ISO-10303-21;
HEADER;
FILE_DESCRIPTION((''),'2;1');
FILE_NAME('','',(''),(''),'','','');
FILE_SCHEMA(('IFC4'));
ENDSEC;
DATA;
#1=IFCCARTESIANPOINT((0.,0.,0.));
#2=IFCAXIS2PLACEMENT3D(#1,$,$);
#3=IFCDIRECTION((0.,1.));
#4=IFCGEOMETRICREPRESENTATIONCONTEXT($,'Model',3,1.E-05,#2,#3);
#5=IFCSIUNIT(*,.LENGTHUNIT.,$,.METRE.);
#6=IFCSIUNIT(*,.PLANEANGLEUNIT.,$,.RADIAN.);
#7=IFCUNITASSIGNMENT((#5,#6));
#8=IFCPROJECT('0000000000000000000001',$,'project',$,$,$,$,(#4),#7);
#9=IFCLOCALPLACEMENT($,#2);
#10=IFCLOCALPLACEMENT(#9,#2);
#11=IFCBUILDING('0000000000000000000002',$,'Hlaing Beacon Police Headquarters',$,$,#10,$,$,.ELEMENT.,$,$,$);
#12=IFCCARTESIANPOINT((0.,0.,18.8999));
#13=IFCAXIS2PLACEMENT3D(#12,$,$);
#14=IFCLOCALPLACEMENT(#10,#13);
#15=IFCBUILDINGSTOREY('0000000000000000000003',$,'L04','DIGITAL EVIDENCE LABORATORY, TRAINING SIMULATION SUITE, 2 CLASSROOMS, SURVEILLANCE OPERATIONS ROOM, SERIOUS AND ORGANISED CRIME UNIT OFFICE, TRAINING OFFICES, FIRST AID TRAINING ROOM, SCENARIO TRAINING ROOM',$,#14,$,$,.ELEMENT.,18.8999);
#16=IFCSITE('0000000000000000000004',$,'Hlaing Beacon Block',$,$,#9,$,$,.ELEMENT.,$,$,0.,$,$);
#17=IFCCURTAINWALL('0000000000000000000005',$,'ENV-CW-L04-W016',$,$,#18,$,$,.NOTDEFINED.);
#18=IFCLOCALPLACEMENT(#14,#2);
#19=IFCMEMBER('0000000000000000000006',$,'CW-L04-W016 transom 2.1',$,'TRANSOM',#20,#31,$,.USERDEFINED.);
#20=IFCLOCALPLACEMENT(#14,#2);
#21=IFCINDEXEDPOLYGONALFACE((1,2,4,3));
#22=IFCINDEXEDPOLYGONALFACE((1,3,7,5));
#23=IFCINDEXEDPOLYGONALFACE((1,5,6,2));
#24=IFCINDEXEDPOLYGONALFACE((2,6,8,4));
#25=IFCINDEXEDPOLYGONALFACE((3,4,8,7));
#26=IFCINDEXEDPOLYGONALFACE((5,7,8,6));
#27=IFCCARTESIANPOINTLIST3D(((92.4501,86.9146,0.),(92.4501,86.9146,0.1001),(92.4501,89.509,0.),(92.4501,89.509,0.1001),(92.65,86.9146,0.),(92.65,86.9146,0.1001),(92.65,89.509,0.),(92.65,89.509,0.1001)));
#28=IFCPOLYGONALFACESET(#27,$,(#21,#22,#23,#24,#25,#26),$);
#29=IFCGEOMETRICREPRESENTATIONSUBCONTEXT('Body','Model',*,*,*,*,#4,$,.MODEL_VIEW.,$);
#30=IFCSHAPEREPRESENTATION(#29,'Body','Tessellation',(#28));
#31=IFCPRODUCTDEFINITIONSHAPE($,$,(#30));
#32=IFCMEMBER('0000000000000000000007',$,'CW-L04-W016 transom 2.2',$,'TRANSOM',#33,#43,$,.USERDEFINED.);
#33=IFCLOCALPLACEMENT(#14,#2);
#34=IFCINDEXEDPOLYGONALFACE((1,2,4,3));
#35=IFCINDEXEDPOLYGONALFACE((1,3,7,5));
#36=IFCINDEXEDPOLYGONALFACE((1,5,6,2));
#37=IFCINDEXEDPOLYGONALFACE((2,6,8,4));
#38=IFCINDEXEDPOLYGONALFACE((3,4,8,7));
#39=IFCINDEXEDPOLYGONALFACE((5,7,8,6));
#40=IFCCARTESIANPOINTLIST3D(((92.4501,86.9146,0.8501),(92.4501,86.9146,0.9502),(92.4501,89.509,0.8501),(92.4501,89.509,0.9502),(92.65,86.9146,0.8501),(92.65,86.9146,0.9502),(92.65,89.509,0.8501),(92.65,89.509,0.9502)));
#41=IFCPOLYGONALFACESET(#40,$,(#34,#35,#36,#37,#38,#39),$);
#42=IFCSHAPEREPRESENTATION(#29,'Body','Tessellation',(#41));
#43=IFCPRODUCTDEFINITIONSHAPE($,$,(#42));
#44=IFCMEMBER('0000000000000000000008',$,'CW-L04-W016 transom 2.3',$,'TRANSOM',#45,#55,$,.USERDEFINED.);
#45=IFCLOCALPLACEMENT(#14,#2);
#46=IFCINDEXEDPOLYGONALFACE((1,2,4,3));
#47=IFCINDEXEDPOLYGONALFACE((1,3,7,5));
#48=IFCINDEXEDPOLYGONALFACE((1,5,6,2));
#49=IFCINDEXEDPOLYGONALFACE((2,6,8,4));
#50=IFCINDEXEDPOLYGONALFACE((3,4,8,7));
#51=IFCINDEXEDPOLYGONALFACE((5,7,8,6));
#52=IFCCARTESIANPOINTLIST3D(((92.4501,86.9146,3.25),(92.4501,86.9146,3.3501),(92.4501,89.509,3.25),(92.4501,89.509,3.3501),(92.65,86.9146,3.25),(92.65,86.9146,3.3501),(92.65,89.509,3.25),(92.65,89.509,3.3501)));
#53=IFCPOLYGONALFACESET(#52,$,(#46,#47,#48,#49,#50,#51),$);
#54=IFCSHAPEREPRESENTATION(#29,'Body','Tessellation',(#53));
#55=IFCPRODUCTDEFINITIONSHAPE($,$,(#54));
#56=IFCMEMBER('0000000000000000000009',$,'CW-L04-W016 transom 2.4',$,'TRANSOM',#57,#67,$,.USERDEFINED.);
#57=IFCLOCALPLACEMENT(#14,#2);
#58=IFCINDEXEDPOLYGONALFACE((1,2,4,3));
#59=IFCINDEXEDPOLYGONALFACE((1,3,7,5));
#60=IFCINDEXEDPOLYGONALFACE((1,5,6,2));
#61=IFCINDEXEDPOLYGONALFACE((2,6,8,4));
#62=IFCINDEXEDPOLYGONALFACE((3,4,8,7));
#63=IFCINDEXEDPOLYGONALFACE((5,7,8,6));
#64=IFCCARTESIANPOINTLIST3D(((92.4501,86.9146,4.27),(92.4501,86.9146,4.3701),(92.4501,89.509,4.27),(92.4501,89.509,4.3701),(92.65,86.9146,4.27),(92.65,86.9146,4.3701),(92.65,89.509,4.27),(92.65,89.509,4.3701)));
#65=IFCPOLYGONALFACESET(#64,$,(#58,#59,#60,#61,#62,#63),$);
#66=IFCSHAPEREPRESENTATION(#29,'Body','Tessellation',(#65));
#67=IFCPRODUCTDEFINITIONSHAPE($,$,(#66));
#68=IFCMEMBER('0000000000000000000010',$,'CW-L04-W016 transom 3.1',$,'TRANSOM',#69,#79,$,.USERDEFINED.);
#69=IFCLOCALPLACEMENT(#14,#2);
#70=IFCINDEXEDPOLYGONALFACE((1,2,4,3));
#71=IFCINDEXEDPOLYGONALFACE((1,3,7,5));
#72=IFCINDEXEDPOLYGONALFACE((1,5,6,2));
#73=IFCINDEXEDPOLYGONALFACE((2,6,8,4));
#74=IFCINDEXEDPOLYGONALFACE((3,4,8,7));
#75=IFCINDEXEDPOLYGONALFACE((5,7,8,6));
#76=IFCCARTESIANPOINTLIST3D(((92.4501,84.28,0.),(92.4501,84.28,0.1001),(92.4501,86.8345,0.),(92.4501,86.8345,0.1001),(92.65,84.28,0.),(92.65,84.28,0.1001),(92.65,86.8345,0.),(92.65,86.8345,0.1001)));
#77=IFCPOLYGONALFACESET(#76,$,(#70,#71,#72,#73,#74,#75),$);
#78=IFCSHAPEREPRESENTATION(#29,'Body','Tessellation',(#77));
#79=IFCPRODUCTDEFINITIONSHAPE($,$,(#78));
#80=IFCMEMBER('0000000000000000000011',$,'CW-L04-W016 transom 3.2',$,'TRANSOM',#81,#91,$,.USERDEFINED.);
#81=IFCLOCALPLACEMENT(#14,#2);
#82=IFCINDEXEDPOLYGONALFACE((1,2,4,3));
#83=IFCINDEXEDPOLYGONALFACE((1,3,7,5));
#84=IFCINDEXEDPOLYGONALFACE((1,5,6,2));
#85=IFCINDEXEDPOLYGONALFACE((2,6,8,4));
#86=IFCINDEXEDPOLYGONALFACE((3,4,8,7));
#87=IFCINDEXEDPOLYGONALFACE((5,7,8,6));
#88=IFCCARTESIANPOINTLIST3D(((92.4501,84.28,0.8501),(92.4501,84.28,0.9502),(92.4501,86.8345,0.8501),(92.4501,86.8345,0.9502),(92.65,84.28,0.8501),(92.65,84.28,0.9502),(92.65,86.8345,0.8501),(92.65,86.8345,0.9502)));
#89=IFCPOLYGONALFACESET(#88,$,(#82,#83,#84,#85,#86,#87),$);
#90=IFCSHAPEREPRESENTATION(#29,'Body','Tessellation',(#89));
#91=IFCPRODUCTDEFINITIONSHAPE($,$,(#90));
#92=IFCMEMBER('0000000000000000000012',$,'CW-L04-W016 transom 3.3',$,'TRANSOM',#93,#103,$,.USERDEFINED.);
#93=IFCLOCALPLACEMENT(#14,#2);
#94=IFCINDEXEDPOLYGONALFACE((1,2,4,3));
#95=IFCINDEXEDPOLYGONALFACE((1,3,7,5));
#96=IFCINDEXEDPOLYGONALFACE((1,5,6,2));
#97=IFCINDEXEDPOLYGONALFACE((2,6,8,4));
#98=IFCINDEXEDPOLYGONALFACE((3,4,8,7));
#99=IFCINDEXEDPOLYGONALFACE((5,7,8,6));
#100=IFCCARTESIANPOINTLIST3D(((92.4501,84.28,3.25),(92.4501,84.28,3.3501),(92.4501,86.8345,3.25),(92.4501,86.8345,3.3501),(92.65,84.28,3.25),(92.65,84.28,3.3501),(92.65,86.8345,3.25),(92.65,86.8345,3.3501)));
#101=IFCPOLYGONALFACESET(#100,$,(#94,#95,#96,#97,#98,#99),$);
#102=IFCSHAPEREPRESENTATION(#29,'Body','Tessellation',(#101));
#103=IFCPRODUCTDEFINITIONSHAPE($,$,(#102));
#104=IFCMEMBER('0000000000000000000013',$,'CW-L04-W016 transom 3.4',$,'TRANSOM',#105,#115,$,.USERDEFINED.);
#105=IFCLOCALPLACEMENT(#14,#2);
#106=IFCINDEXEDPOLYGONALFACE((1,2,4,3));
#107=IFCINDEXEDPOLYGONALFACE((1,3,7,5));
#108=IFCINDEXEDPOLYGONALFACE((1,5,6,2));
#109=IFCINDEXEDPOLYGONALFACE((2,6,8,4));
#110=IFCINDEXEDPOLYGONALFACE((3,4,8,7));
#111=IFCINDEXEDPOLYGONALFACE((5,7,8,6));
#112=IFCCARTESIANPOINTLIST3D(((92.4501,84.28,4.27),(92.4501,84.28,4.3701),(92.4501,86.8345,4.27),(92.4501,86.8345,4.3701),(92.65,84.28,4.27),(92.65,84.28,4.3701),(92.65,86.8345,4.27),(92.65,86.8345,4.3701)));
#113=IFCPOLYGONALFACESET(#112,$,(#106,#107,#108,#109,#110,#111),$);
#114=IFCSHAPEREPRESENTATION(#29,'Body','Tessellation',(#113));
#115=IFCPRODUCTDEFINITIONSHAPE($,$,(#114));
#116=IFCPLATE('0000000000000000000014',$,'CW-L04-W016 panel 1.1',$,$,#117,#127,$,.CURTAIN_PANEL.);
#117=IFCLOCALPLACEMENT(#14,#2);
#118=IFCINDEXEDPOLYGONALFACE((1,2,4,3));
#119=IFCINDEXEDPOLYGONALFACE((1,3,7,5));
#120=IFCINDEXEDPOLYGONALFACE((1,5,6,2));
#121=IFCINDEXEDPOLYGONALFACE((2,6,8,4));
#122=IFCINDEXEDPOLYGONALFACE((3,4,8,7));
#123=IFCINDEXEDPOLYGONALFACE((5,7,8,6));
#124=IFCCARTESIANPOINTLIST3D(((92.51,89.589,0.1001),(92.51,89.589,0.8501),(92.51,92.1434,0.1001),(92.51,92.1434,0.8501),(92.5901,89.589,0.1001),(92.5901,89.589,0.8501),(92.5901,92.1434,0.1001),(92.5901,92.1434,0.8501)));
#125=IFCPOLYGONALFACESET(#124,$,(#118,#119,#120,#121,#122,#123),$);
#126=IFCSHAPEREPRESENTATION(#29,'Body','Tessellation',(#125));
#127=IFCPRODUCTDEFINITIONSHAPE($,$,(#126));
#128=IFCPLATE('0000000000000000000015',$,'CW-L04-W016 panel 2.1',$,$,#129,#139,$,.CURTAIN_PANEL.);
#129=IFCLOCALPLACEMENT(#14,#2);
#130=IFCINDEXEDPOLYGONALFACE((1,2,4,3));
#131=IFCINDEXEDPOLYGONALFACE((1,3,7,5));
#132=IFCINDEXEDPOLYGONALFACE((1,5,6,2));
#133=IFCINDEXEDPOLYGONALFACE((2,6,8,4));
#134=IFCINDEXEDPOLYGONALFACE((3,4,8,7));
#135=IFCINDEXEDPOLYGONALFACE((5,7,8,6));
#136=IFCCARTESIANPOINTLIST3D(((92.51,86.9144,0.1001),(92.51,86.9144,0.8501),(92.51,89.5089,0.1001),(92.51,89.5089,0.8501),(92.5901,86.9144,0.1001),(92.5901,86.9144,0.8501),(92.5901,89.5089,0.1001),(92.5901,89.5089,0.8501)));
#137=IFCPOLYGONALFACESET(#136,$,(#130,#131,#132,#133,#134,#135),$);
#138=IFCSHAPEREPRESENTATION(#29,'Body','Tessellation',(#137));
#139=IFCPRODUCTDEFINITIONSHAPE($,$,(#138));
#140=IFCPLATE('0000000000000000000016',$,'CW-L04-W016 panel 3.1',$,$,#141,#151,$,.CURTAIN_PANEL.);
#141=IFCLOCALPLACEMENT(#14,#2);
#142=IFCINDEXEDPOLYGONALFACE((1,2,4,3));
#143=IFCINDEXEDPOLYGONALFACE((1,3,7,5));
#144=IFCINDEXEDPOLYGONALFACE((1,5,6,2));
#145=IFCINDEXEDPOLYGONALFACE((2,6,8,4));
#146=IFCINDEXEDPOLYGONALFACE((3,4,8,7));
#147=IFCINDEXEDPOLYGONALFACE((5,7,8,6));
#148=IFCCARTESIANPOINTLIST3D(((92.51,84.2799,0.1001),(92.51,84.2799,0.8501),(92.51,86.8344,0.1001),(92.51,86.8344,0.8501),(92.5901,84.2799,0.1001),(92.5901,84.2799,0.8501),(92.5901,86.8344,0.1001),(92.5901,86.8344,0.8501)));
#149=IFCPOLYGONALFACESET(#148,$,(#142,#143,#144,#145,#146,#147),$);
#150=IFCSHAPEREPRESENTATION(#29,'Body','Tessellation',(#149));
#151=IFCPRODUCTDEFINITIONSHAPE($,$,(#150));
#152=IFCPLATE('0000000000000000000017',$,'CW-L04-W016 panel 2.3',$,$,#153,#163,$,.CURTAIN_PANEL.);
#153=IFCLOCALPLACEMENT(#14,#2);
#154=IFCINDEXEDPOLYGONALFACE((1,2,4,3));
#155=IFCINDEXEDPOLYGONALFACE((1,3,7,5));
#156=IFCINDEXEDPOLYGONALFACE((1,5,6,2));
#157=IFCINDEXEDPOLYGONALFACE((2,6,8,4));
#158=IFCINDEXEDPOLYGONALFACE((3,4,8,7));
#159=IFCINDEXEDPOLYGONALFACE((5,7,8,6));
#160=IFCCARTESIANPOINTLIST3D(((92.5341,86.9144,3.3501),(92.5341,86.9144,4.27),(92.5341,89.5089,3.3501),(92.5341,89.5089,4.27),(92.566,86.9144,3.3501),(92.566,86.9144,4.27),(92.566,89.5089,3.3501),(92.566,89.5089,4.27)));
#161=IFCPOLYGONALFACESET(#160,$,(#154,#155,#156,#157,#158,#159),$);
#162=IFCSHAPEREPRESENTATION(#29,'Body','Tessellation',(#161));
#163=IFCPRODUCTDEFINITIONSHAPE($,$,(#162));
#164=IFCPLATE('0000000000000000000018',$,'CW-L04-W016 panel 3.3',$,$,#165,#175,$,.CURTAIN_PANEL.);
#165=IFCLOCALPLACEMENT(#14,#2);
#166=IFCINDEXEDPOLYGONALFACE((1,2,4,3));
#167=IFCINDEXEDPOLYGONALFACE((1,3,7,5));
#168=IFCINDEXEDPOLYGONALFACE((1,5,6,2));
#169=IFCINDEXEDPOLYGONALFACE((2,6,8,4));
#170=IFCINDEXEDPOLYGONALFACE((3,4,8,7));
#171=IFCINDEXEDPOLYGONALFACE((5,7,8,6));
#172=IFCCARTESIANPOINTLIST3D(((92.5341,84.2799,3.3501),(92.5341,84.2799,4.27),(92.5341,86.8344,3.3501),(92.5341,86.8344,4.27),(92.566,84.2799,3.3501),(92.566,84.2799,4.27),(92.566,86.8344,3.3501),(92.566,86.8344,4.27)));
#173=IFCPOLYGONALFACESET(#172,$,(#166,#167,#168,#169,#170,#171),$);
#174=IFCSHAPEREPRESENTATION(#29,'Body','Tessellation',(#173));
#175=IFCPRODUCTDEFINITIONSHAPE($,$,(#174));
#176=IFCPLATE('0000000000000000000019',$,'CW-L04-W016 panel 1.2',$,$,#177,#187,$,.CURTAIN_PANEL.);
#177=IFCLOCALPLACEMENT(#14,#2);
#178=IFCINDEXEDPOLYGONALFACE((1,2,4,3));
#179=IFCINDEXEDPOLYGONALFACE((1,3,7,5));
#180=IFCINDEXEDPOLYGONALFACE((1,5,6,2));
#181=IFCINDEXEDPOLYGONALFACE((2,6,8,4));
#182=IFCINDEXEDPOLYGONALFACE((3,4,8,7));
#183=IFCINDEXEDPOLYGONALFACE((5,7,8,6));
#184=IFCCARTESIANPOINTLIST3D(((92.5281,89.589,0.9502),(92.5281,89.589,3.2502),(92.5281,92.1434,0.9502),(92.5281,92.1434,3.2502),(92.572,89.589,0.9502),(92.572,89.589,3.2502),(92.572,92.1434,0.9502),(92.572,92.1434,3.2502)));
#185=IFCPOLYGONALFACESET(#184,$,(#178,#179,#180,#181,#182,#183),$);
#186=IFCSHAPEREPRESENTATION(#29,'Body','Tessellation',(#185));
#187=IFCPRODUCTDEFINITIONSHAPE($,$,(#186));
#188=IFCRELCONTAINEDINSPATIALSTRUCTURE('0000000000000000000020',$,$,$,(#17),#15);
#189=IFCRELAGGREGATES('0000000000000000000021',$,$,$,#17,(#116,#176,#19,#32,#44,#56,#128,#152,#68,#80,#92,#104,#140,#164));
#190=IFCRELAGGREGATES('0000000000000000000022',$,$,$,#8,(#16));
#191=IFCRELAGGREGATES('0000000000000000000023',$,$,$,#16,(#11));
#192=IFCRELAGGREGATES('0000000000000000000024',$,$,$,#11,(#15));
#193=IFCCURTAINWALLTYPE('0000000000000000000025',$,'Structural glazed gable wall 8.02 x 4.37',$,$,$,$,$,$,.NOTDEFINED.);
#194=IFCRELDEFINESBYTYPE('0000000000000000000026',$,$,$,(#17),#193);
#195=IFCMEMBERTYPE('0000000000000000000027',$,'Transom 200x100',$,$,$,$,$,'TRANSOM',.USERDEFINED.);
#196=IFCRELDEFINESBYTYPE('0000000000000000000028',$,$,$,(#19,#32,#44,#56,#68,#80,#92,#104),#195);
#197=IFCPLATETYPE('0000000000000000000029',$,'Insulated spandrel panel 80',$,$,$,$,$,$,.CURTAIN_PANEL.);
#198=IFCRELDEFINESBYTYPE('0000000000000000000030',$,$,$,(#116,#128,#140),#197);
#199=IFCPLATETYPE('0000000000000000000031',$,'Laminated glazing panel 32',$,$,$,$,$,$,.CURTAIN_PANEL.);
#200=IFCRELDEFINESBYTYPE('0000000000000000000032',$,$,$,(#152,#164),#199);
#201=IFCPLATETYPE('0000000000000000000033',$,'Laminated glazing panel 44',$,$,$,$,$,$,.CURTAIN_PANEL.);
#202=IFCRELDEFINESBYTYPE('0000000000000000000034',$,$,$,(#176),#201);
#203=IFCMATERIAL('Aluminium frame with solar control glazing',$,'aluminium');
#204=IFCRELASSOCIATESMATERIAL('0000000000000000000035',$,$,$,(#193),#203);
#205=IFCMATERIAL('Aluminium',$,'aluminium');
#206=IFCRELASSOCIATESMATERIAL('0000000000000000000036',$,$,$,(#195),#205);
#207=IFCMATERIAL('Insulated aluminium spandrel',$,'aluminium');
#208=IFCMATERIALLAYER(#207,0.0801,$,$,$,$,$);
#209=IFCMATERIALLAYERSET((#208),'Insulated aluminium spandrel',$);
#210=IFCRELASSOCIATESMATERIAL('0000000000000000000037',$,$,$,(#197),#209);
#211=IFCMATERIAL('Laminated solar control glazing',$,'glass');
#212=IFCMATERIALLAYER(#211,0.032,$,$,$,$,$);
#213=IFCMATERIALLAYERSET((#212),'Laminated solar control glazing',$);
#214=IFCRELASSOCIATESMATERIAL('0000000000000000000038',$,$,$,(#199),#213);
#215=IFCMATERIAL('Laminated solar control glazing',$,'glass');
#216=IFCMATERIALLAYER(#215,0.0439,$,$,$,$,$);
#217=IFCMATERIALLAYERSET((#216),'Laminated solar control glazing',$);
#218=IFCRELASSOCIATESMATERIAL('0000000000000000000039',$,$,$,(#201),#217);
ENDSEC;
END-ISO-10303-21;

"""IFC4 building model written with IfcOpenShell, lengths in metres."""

from ifc_helpers import new_model, si_unit, direction, frame, origin, origin_2d, place, context, subcontext, project, spatial, rectangle, extrude, material, layer, layer_set, material_profile, profile_set, type_object, element, aggregate, save


model = new_model("IFC4")

# Units and contexts
model_context = context("Model", 3, precision=1e-05, world=origin(), true_north=direction((0.0, 1.0)))
body_context = subcontext(model_context, "Body", "Model", "MODEL_VIEW")
ifc_project = project(units=[si_unit("LENGTHUNIT", "METRE"), si_unit("PLANEANGLEUNIT", "RADIAN")], contexts=[model_context])

# Site, building, storey
site_placement = place(None, origin())
site = spatial("IfcSite", under=ifc_project, at=site_placement, Name="Hlaing Beacon Block", CompositionType="ELEMENT", RefElevation=0.0)
building_placement = place(site_placement, origin())
building = spatial("IfcBuilding", under=site, at=building_placement, Name="Hlaing Beacon Police Headquarters", CompositionType="ELEMENT")
storey_placement = place(building_placement, frame((0.0, 0.0, 18.8999)))
storey = spatial("IfcBuildingStorey", under=building, at=storey_placement, Name="L04", Description="DIGITAL EVIDENCE LABORATORY, TRAINING SIMULATION SUITE, 2 CLASSROOMS, SURVEILLANCE OPERATIONS ROOM, SERIOUS AND ORGANISED CRIME UNIT OFFICE, TRAINING OFFICES, FIRST AID TRAINING ROOM, SCENARIO TRAINING ROOM", CompositionType="ELEMENT", Elevation=18.8999)

# Curtain wall
ifc_material_1 = material(Name="Aluminium frame with solar control glazing", Category="aluminium")
curtain_wall_type = type_object("IfcCurtainWallType", Name="Structural glazed gable wall 8.02 x 4.37", PredefinedType="NOTDEFINED", material=ifc_material_1)
curtain_wall_placement = place(storey_placement, origin())
curtain_wall = element("IfcCurtainWall", 1, at=curtain_wall_placement, inside=storey, type_object=curtain_wall_type, Name="ENV-CW-L04-W016", PredefinedType="NOTDEFINED")

# Members
ifc_material_2 = material(Name="Aluminium", Category="aluminium")
ifc_material_profile_1 = material_profile(ifc_material_2, rectangle(XDim=0.2, YDim=0.1001, at=origin_2d()), Name="Transom 200x100")
ifc_profile_set_1 = profile_set([ifc_material_profile_1], Name="Aluminium")
member_type_1 = type_object("IfcMemberType", Name="Transom 200x100", ElementType="TRANSOM", PredefinedType="USERDEFINED", material=ifc_profile_set_1)
member_1_placement = place(storey_placement, frame((92.55, 89.509, 0.05), z_axis=(0.0, -1.0, 0.0), x_axis=(1.0, 0.0, 0.0)))
member_1 = element("IfcMember", 2, at=member_1_placement, type_object=member_type_1, Name="CW-L04-W016 transom 2.1", ObjectType="TRANSOM", PredefinedType="USERDEFINED", context=body_context, shape_type="SweptSolid", body=[
    extrude(rectangle(XDim=0.2, YDim=0.1001, at=origin_2d()), origin(), (0.0, 0.0, 1.0), 2.5945),
])
member_2_placement = place(storey_placement, frame((92.55, 89.509, 0.9001), z_axis=(0.0, -1.0, 0.0), x_axis=(1.0, 0.0, 0.0)))
member_2 = element("IfcMember", 3, at=member_2_placement, type_object=member_type_1, Name="CW-L04-W016 transom 2.2", ObjectType="TRANSOM", PredefinedType="USERDEFINED", context=body_context, shape_type="SweptSolid", body=[
    extrude(rectangle(XDim=0.2, YDim=0.1001, at=origin_2d()), origin(), (0.0, 0.0, 1.0), 2.5945),
])
member_3_placement = place(storey_placement, frame((92.55, 89.509, 3.3), z_axis=(0.0, -1.0, 0.0), x_axis=(1.0, 0.0, 0.0)))
member_3 = element("IfcMember", 4, at=member_3_placement, type_object=member_type_1, Name="CW-L04-W016 transom 2.3", ObjectType="TRANSOM", PredefinedType="USERDEFINED", context=body_context, shape_type="SweptSolid", body=[
    extrude(rectangle(XDim=0.2, YDim=0.1001, at=origin_2d()), origin(), (0.0, 0.0, 1.0), 2.5945),
])
member_4_placement = place(storey_placement, frame((92.55, 89.509, 4.3201), z_axis=(0.0, -1.0, 0.0), x_axis=(1.0, 0.0, 0.0)))
member_4 = element("IfcMember", 5, at=member_4_placement, type_object=member_type_1, Name="CW-L04-W016 transom 2.4", ObjectType="TRANSOM", PredefinedType="USERDEFINED", context=body_context, shape_type="SweptSolid", body=[
    extrude(rectangle(XDim=0.2, YDim=0.1001, at=origin_2d()), origin(), (0.0, 0.0, 1.0), 2.5945),
])
member_5_placement = place(storey_placement, frame((92.55, 86.8345, 0.05), z_axis=(0.0, -1.0, 0.0), x_axis=(1.0, 0.0, 0.0)))
member_5 = element("IfcMember", 6, at=member_5_placement, type_object=member_type_1, Name="CW-L04-W016 transom 3.1", ObjectType="TRANSOM", PredefinedType="USERDEFINED", context=body_context, shape_type="SweptSolid", body=[
    extrude(rectangle(XDim=0.2, YDim=0.1001, at=origin_2d()), origin(), (0.0, 0.0, 1.0), 2.5544),
])
member_6_placement = place(storey_placement, frame((92.55, 86.8345, 0.9001), z_axis=(0.0, -1.0, 0.0), x_axis=(1.0, 0.0, 0.0)))
member_6 = element("IfcMember", 7, at=member_6_placement, type_object=member_type_1, Name="CW-L04-W016 transom 3.2", ObjectType="TRANSOM", PredefinedType="USERDEFINED", context=body_context, shape_type="SweptSolid", body=[
    extrude(rectangle(XDim=0.2, YDim=0.1001, at=origin_2d()), origin(), (0.0, 0.0, 1.0), 2.5544),
])
member_7_placement = place(storey_placement, frame((92.55, 86.8345, 3.3), z_axis=(0.0, -1.0, 0.0), x_axis=(1.0, 0.0, 0.0)))
member_7 = element("IfcMember", 8, at=member_7_placement, type_object=member_type_1, Name="CW-L04-W016 transom 3.3", ObjectType="TRANSOM", PredefinedType="USERDEFINED", context=body_context, shape_type="SweptSolid", body=[
    extrude(rectangle(XDim=0.2, YDim=0.1001, at=origin_2d()), origin(), (0.0, 0.0, 1.0), 2.5544),
])
member_8_placement = place(storey_placement, frame((92.55, 86.8345, 4.3201), z_axis=(0.0, -1.0, 0.0), x_axis=(1.0, 0.0, 0.0)))
member_8 = element("IfcMember", 9, at=member_8_placement, type_object=member_type_1, Name="CW-L04-W016 transom 3.4", ObjectType="TRANSOM", PredefinedType="USERDEFINED", context=body_context, shape_type="SweptSolid", body=[
    extrude(rectangle(XDim=0.2, YDim=0.1001, at=origin_2d()), origin(), (0.0, 0.0, 1.0), 2.5544),
])

# Plates
ifc_material_3 = material(Name="Insulated aluminium spandrel", Category="aluminium")
ifc_layer_1 = layer(ifc_material_3, 0.0801)
ifc_layer_set_1 = layer_set([ifc_layer_1], Name="Insulated aluminium spandrel")
plate_type_1 = type_object("IfcPlateType", Name="Insulated spandrel panel 80", PredefinedType="CURTAIN_PANEL", material=ifc_layer_set_1)
plate_1_placement = place(storey_placement, frame((92.55, 90.8662, 0.1001), z_axis=(0.0, 0.0, 1.0), x_axis=(0.0, -1.0, 0.0)))
plate_1 = element("IfcPlate", 10, at=plate_1_placement, type_object=plate_type_1, Name="CW-L04-W016 panel 1.1", PredefinedType="CURTAIN_PANEL", context=body_context, shape_type="SweptSolid", body=[
    extrude(rectangle(XDim=2.5544, YDim=0.0801, at=origin_2d()), origin(), (0.0, 0.0, 1.0), 0.75),
])
plate_2_placement = place(storey_placement, frame((92.55, 88.2117, 0.1001), z_axis=(0.0, 0.0, 1.0), x_axis=(0.0, -1.0, 0.0)))
plate_2 = element("IfcPlate", 11, at=plate_2_placement, type_object=plate_type_1, Name="CW-L04-W016 panel 2.1", PredefinedType="CURTAIN_PANEL", context=body_context, shape_type="SweptSolid", body=[
    extrude(rectangle(XDim=2.5945, YDim=0.0801, at=origin_2d()), origin(), (0.0, 0.0, 1.0), 0.75),
])
plate_3_placement = place(storey_placement, frame((92.55, 85.5571, 0.1001), z_axis=(0.0, 0.0, 1.0), x_axis=(0.0, -1.0, 0.0)))
plate_3 = element("IfcPlate", 12, at=plate_3_placement, type_object=plate_type_1, Name="CW-L04-W016 panel 3.1", PredefinedType="CURTAIN_PANEL", context=body_context, shape_type="SweptSolid", body=[
    extrude(rectangle(XDim=2.5544, YDim=0.0801, at=origin_2d()), origin(), (0.0, 0.0, 1.0), 0.75),
])
ifc_material_4 = material(Name="Laminated solar control glazing", Category="glass")
ifc_layer_2 = layer(ifc_material_4, 0.032)
ifc_layer_set_2 = layer_set([ifc_layer_2], Name="Laminated solar control glazing")
plate_type_2 = type_object("IfcPlateType", Name="Laminated glazing panel 32", PredefinedType="CURTAIN_PANEL", material=ifc_layer_set_2)
plate_4_placement = place(storey_placement, frame((92.55, 88.2117, 3.3501), z_axis=(0.0, 0.0, 1.0), x_axis=(0.0, -1.0, 0.0)))
plate_4 = element("IfcPlate", 13, at=plate_4_placement, type_object=plate_type_2, Name="CW-L04-W016 panel 2.3", PredefinedType="CURTAIN_PANEL", context=body_context, shape_type="SweptSolid", body=[
    extrude(rectangle(XDim=2.5945, YDim=0.032, at=origin_2d()), origin(), (0.0, 0.0, 1.0), 0.9199),
])
plate_5_placement = place(storey_placement, frame((92.55, 85.5571, 3.3501), z_axis=(0.0, 0.0, 1.0), x_axis=(0.0, -1.0, 0.0)))
plate_5 = element("IfcPlate", 14, at=plate_5_placement, type_object=plate_type_2, Name="CW-L04-W016 panel 3.3", PredefinedType="CURTAIN_PANEL", context=body_context, shape_type="SweptSolid", body=[
    extrude(rectangle(XDim=2.5544, YDim=0.032, at=origin_2d()), origin(), (0.0, 0.0, 1.0), 0.9199),
])
ifc_material_5 = material(Name="Laminated solar control glazing", Category="glass")
ifc_layer_3 = layer(ifc_material_5, 0.0439)
ifc_layer_set_3 = layer_set([ifc_layer_3], Name="Laminated solar control glazing")
plate_type_3 = type_object("IfcPlateType", Name="Laminated glazing panel 44", PredefinedType="CURTAIN_PANEL", material=ifc_layer_set_3)
plate_6_placement = place(storey_placement, frame((92.55, 90.8662, 0.9502), z_axis=(0.0, 0.0, 1.0), x_axis=(0.0, -1.0, 0.0)))
plate_6 = element("IfcPlate", 15, at=plate_6_placement, type_object=plate_type_3, Name="CW-L04-W016 panel 1.2", PredefinedType="CURTAIN_PANEL", context=body_context, shape_type="SweptSolid", body=[
    extrude(rectangle(XDim=2.5544, YDim=0.0439, at=origin_2d()), origin(), (0.0, 0.0, 1.0), 2.3),
])
aggregate(curtain_wall, [plate_1, plate_6, member_1, member_2, member_3, member_4, plate_2, plate_4, member_5, member_6, member_7, member_8, plate_3, plate_5])

save(model, "model.ifc")
